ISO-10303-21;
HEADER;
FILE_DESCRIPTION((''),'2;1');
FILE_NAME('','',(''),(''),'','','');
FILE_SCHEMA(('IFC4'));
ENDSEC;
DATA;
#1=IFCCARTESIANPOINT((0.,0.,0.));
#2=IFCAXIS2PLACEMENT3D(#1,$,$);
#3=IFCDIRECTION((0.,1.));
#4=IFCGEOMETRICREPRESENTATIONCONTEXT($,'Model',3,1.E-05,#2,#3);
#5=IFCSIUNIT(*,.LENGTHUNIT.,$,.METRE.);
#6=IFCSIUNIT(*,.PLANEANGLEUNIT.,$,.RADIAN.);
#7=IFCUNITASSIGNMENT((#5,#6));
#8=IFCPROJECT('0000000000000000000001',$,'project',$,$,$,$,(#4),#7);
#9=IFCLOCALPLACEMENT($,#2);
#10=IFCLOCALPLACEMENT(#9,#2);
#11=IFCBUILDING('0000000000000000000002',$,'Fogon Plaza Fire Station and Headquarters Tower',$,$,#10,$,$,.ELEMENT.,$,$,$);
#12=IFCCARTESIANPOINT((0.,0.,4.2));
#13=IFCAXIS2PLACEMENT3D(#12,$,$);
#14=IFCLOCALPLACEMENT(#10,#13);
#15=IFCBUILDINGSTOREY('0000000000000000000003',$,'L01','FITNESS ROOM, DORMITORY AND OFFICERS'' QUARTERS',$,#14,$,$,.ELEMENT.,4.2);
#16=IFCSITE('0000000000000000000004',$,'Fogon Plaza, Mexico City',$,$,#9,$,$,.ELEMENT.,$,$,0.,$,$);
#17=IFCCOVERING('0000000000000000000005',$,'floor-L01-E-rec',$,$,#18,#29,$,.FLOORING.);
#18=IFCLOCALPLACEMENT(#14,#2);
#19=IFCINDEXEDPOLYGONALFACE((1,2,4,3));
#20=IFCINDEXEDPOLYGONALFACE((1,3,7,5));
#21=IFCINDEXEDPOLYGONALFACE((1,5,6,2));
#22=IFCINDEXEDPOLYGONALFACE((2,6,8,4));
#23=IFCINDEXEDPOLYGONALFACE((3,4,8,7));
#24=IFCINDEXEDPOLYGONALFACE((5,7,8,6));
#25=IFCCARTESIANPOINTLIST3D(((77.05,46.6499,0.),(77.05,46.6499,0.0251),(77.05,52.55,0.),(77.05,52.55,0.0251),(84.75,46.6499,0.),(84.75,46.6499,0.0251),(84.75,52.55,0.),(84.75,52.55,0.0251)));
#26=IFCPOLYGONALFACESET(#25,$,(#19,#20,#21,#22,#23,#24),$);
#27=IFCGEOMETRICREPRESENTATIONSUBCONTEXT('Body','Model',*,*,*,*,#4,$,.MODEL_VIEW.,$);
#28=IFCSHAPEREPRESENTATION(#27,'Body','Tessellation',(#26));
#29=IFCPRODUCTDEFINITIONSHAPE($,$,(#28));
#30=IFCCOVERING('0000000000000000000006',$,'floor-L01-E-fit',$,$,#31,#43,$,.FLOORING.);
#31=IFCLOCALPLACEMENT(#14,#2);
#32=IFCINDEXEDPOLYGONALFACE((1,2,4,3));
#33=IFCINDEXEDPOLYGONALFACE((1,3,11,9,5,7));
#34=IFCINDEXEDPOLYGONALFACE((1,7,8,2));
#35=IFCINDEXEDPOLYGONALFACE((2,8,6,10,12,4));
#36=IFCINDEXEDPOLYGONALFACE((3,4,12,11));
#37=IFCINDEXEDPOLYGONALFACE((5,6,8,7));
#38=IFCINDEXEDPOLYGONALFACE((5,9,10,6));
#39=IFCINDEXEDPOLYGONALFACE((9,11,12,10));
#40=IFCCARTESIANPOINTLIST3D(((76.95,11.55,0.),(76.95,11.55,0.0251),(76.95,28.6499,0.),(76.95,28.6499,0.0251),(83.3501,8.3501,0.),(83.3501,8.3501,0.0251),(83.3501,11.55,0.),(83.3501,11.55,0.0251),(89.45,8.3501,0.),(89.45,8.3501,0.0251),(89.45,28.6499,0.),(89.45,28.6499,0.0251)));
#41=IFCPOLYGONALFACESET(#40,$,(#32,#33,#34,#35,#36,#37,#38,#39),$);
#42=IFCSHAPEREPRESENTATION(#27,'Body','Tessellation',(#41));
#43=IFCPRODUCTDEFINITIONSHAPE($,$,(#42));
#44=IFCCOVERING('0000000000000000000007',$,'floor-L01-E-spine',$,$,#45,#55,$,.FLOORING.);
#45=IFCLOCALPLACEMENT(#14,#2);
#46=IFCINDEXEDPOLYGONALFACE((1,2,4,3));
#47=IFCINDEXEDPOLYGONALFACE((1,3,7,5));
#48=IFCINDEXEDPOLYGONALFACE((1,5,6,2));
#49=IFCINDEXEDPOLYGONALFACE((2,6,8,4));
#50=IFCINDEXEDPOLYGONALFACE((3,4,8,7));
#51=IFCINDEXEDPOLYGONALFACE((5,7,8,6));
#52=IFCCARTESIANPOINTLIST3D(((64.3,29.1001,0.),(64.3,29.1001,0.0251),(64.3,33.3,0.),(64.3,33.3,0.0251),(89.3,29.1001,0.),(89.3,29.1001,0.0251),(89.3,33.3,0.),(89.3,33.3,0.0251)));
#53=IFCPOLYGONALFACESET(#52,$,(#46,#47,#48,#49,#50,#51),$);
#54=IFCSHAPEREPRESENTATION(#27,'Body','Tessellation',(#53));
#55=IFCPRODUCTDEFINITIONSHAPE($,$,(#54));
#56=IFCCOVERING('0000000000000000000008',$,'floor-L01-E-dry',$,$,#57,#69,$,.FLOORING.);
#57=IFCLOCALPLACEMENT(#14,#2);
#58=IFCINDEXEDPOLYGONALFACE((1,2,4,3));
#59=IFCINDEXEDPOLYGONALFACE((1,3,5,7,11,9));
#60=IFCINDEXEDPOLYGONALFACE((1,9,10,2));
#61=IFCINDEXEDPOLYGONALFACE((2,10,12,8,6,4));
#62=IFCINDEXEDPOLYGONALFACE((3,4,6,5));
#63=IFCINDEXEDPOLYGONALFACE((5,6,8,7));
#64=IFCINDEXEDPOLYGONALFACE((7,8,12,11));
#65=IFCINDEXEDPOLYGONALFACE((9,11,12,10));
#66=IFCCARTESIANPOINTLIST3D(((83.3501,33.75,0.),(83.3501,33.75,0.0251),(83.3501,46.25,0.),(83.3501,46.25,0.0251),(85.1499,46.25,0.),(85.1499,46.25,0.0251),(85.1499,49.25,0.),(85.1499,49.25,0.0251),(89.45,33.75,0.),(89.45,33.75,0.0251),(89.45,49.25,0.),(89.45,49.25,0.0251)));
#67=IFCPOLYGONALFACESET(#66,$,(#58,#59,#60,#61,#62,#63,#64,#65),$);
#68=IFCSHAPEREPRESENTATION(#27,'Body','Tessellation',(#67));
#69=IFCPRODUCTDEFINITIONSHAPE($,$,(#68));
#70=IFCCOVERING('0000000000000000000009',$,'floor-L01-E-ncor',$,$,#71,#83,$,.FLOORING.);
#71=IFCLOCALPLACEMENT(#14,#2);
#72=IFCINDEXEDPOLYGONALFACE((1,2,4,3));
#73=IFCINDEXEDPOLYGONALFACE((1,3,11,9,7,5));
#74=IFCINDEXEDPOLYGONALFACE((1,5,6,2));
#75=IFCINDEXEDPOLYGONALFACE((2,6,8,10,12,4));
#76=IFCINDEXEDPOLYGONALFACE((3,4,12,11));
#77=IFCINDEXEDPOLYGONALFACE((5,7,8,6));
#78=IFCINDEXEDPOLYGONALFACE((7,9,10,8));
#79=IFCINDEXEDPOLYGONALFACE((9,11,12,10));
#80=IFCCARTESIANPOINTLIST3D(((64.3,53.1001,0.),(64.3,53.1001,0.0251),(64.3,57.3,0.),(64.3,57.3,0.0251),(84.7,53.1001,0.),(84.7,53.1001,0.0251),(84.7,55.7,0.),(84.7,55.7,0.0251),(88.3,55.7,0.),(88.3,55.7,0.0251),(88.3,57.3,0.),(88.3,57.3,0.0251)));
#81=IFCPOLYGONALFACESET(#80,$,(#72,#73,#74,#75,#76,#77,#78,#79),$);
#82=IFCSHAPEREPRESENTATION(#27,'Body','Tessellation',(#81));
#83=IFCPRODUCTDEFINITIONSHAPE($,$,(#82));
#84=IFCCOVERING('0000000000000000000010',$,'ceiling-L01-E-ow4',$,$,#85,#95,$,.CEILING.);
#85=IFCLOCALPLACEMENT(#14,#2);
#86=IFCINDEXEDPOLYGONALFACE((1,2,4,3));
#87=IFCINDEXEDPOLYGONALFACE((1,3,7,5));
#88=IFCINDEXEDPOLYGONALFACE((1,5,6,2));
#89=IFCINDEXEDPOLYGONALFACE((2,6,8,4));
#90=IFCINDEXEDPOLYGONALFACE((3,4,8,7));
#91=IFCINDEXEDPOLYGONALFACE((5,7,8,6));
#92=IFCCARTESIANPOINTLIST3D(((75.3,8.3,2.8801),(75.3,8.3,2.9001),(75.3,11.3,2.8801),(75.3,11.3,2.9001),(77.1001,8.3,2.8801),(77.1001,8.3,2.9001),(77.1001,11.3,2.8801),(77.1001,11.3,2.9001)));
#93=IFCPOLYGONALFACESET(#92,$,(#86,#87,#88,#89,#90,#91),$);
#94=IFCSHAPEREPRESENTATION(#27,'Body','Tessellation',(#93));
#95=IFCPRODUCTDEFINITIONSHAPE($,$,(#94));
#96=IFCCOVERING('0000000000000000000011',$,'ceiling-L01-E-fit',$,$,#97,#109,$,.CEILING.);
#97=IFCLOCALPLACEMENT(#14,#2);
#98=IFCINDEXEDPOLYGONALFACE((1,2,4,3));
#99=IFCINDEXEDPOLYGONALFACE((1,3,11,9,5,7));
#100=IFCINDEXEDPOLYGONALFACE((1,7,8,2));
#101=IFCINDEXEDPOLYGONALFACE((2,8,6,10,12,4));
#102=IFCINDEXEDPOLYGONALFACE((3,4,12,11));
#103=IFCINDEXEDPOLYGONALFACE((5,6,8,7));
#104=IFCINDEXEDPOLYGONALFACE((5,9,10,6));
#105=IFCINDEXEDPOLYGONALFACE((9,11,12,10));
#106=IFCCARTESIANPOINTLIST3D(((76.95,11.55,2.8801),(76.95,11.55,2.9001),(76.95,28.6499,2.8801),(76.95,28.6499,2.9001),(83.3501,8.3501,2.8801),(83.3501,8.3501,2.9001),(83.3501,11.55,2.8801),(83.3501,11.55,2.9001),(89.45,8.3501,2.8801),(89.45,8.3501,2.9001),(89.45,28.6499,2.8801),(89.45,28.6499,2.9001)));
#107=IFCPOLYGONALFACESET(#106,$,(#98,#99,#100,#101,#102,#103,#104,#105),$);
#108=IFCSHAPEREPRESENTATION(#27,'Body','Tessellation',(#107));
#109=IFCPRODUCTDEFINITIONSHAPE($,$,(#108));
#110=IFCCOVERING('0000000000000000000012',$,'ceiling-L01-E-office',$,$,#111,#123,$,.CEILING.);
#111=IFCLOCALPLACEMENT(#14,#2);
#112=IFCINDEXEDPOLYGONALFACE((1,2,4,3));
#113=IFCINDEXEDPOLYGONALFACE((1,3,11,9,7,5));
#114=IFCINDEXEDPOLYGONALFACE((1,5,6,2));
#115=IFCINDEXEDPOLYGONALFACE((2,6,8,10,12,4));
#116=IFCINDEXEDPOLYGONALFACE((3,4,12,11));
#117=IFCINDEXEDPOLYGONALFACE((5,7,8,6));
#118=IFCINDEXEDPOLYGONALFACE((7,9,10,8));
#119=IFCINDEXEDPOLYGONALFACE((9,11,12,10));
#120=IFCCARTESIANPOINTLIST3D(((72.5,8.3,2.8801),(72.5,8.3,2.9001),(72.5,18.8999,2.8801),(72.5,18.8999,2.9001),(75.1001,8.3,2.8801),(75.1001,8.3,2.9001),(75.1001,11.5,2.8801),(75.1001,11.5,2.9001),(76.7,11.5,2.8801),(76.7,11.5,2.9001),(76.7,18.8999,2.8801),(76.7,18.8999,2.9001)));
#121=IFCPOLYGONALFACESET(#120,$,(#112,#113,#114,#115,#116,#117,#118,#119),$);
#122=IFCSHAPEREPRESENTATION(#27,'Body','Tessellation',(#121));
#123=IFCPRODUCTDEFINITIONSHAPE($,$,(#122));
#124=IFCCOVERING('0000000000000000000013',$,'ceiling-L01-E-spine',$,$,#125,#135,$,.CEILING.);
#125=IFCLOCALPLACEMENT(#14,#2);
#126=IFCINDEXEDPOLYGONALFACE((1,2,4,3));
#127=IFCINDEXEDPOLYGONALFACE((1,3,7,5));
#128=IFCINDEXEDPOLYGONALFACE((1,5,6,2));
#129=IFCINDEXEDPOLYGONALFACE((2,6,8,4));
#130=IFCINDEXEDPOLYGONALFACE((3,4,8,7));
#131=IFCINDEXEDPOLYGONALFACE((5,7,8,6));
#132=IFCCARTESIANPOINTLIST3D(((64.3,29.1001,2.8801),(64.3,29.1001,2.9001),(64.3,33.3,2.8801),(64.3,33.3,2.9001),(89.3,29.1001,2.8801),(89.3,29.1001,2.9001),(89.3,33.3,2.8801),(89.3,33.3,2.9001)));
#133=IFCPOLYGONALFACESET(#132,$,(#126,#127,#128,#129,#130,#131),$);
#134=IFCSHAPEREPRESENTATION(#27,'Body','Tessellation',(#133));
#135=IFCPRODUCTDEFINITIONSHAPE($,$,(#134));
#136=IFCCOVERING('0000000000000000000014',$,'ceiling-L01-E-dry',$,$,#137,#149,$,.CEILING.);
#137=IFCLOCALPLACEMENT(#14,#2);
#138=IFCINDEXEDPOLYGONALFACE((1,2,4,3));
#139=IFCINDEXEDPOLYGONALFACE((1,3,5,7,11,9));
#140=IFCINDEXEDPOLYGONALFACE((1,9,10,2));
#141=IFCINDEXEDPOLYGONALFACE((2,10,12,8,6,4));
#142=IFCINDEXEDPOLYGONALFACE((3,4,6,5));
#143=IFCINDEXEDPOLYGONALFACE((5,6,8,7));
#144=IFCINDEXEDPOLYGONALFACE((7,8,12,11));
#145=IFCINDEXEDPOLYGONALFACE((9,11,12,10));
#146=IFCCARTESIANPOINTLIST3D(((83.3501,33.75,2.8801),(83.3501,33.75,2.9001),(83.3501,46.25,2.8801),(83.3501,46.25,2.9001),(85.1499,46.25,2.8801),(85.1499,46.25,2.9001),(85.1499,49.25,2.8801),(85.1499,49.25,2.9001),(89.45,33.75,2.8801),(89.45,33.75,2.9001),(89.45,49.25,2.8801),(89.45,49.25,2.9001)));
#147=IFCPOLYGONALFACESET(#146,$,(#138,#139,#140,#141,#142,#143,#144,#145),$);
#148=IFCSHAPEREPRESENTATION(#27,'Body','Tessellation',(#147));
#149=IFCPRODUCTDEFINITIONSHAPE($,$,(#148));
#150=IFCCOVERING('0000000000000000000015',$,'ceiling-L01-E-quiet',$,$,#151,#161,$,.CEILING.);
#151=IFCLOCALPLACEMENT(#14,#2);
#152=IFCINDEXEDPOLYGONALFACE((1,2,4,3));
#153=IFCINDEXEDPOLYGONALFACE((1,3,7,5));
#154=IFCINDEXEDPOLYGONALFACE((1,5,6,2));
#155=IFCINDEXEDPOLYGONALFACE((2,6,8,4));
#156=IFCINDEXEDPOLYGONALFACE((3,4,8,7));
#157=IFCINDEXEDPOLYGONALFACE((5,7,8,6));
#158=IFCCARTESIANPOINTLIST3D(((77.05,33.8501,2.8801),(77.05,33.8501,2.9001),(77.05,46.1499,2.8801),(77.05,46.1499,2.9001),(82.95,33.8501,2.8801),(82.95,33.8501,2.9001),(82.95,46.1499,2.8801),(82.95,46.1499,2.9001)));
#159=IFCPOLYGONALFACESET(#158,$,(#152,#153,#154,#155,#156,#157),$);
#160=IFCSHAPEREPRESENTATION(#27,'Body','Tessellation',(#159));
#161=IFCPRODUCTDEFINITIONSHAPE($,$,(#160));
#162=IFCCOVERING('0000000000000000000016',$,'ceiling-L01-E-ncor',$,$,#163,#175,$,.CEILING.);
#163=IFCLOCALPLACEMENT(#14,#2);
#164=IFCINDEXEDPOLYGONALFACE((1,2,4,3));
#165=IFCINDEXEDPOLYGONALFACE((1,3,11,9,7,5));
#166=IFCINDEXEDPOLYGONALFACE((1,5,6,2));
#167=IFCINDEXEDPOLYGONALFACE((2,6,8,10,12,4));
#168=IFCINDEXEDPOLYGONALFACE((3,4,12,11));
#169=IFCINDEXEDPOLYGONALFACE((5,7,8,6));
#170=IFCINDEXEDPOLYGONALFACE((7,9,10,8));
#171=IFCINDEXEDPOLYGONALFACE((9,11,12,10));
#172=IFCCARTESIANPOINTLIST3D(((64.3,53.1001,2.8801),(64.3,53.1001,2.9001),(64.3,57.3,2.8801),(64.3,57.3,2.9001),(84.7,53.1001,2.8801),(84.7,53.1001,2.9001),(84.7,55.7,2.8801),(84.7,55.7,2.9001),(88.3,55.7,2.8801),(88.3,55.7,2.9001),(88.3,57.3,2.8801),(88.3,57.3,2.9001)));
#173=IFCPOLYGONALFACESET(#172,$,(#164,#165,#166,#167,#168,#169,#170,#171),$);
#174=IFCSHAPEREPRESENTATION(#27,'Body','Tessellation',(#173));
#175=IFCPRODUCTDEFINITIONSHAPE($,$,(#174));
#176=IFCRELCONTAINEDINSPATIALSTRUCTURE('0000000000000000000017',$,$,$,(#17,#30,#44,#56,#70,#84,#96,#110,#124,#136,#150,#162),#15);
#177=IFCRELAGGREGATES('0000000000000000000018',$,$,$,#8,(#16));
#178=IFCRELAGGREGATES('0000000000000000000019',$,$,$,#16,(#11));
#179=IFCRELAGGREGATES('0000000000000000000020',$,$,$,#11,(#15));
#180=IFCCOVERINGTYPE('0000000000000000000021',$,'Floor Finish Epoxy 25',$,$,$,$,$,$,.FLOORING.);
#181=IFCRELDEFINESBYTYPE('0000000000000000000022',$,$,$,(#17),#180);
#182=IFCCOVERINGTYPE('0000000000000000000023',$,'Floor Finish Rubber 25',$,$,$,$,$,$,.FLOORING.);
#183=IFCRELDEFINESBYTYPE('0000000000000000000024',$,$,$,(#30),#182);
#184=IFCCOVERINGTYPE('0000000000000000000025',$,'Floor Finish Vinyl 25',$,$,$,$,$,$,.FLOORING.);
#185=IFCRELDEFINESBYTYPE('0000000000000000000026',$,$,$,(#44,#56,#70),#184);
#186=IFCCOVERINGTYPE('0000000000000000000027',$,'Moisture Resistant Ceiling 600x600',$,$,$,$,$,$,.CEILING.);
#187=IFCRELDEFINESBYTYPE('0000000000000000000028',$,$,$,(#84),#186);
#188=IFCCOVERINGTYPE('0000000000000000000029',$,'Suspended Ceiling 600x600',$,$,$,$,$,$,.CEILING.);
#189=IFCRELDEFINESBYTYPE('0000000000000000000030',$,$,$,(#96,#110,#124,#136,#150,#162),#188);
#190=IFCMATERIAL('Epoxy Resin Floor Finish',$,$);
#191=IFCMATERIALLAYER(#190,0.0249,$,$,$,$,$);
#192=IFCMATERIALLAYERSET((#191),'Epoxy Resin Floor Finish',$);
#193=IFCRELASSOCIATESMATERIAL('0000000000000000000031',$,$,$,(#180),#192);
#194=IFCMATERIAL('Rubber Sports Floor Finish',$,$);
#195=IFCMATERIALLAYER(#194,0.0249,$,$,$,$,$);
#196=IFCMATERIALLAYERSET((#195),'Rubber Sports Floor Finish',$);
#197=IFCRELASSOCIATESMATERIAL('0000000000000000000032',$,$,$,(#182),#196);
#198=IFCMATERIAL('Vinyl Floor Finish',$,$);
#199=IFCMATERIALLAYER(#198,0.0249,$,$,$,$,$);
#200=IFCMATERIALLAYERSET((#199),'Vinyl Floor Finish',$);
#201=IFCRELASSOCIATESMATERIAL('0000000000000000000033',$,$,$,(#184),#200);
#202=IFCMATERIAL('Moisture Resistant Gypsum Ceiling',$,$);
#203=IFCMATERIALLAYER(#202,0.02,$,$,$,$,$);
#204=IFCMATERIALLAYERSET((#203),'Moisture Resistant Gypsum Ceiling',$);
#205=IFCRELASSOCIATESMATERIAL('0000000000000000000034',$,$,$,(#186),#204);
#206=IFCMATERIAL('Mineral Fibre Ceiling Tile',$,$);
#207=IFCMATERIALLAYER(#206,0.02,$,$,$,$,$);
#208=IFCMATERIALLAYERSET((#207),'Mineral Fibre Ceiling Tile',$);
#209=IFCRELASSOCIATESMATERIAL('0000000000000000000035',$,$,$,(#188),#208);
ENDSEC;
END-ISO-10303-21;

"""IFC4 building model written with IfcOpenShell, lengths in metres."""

from ifc_helpers import new_model, si_unit, direction, frame, origin, place, context, subcontext, project, spatial, polyline, outline, extrude, material, layer, layer_set, type_object, element, save


model = new_model("IFC4")

# Units and contexts
model_context = context("Model", 3, precision=1e-05, world=origin(), true_north=direction((0.0, 1.0)))
body_context = subcontext(model_context, "Body", "Model", "MODEL_VIEW")
ifc_project = project(units=[si_unit("LENGTHUNIT", "METRE"), si_unit("PLANEANGLEUNIT", "RADIAN")], contexts=[model_context])

# Site, building, storey
site_placement = place(None, origin())
site = spatial("IfcSite", under=ifc_project, at=site_placement, Name="Fogon Plaza, Mexico City", CompositionType="ELEMENT", RefElevation=0.0)
building_placement = place(site_placement, origin())
building = spatial("IfcBuilding", under=site, at=building_placement, Name="Fogon Plaza Fire Station and Headquarters Tower", CompositionType="ELEMENT")
storey_placement = place(building_placement, frame((0.0, 0.0, 4.2)))
storey = spatial("IfcBuildingStorey", under=building, at=storey_placement, Name="L01", Description="FITNESS ROOM, DORMITORY AND OFFICERS' QUARTERS", CompositionType="ELEMENT", Elevation=4.2)

# Coverings
ifc_material_1 = material(Name="Epoxy Resin Floor Finish")
ifc_layer_1 = layer(ifc_material_1, 0.0249)
ifc_layer_set_1 = layer_set([ifc_layer_1], Name="Epoxy Resin Floor Finish")
covering_type_1 = type_object("IfcCoveringType", Name="Floor Finish Epoxy 25", PredefinedType="FLOORING", material=ifc_layer_set_1)
covering_1_placement = place(storey_placement, origin())
element("IfcCovering", 1, at=covering_1_placement, inside=storey, type_object=covering_type_1, Name="floor-L01-E-rec", PredefinedType="FLOORING", context=body_context, shape_type="SweptSolid", body=[
    extrude(outline(polyline([(77.05, 46.6499), (77.05, 52.55), (84.75, 52.55), (84.75, 46.6499), (77.05, 46.6499)])), origin(), (0.0, 0.0, 1.0), 0.0251),
])
ifc_material_2 = material(Name="Rubber Sports Floor Finish")
ifc_layer_2 = layer(ifc_material_2, 0.0249)
ifc_layer_set_2 = layer_set([ifc_layer_2], Name="Rubber Sports Floor Finish")
covering_type_2 = type_object("IfcCoveringType", Name="Floor Finish Rubber 25", PredefinedType="FLOORING", material=ifc_layer_set_2)
covering_2_placement = place(storey_placement, origin())
element("IfcCovering", 2, at=covering_2_placement, inside=storey, type_object=covering_type_2, Name="floor-L01-E-fit", PredefinedType="FLOORING", context=body_context, shape_type="SweptSolid", body=[
    extrude(outline(polyline([(83.3501, 8.3501), (83.3501, 11.55), (76.95, 11.55), (76.95, 28.6499), (89.45, 28.6499), (89.45, 8.3501), (83.3501, 8.3501)])), origin(), (0.0, 0.0, 1.0), 0.0251),
])
ifc_material_3 = material(Name="Vinyl Floor Finish")
ifc_layer_3 = layer(ifc_material_3, 0.0249)
ifc_layer_set_3 = layer_set([ifc_layer_3], Name="Vinyl Floor Finish")
covering_type_3 = type_object("IfcCoveringType", Name="Floor Finish Vinyl 25", PredefinedType="FLOORING", material=ifc_layer_set_3)
covering_3_placement = place(storey_placement, origin())
element("IfcCovering", 3, at=covering_3_placement, inside=storey, type_object=covering_type_3, Name="floor-L01-E-spine", PredefinedType="FLOORING", context=body_context, shape_type="SweptSolid", body=[
    extrude(outline(polyline([(64.3, 29.1001), (64.3, 33.3), (89.3, 33.3), (89.3, 29.1001), (64.3, 29.1001)])), origin(), (0.0, 0.0, 1.0), 0.0251),
])
covering_4_placement = place(storey_placement, origin())
element("IfcCovering", 4, at=covering_4_placement, inside=storey, type_object=covering_type_3, Name="floor-L01-E-dry", PredefinedType="FLOORING", context=body_context, shape_type="SweptSolid", body=[
    extrude(outline(polyline([(83.3501, 33.75), (83.3501, 46.25), (85.1499, 46.25), (85.1499, 49.25), (89.45, 49.25), (89.45, 33.75), (83.3501, 33.75)])), origin(), (0.0, 0.0, 1.0), 0.0251),
])
covering_5_placement = place(storey_placement, origin())
element("IfcCovering", 5, at=covering_5_placement, inside=storey, type_object=covering_type_3, Name="floor-L01-E-ncor", PredefinedType="FLOORING", context=body_context, shape_type="SweptSolid", body=[
    extrude(outline(polyline([(64.3, 53.1001), (64.3, 57.3), (88.3, 57.3), (88.3, 55.7), (84.7, 55.7), (84.7, 53.1001), (64.3, 53.1001)])), origin(), (0.0, 0.0, 1.0), 0.0251),
])
ifc_material_4 = material(Name="Moisture Resistant Gypsum Ceiling")
ifc_layer_4 = layer(ifc_material_4, 0.02)
ifc_layer_set_4 = layer_set([ifc_layer_4], Name="Moisture Resistant Gypsum Ceiling")
covering_type_4 = type_object("IfcCoveringType", Name="Moisture Resistant Ceiling 600x600", PredefinedType="CEILING", material=ifc_layer_set_4)
covering_6_placement = place(storey_placement, frame((0.0, 0.0, 2.8801)))
element("IfcCovering", 6, at=covering_6_placement, inside=storey, type_object=covering_type_4, Name="ceiling-L01-E-ow4", PredefinedType="CEILING", context=body_context, shape_type="SweptSolid", body=[
    extrude(outline(polyline([(75.3, 8.3), (75.3, 11.3), (77.1001, 11.3), (77.1001, 8.3), (75.3, 8.3)])), origin(), (0.0, 0.0, 1.0), 0.02),
])
ifc_material_5 = material(Name="Mineral Fibre Ceiling Tile")
ifc_layer_5 = layer(ifc_material_5, 0.02)
ifc_layer_set_5 = layer_set([ifc_layer_5], Name="Mineral Fibre Ceiling Tile")
covering_type_5 = type_object("IfcCoveringType", Name="Suspended Ceiling 600x600", PredefinedType="CEILING", material=ifc_layer_set_5)
covering_7_placement = place(storey_placement, frame((0.0, 0.0, 2.8801)))
element("IfcCovering", 7, at=covering_7_placement, inside=storey, type_object=covering_type_5, Name="ceiling-L01-E-fit", PredefinedType="CEILING", context=body_context, shape_type="SweptSolid", body=[
    extrude(outline(polyline([(83.3501, 8.3501), (83.3501, 11.55), (76.95, 11.55), (76.95, 28.6499), (89.45, 28.6499), (89.45, 8.3501), (83.3501, 8.3501)])), origin(), (0.0, 0.0, 1.0), 0.02),
])
covering_8_placement = place(storey_placement, frame((0.0, 0.0, 2.8801)))
element("IfcCovering", 8, at=covering_8_placement, inside=storey, type_object=covering_type_5, Name="ceiling-L01-E-office", PredefinedType="CEILING", context=body_context, shape_type="SweptSolid", body=[
    extrude(outline(polyline([(72.5, 8.3), (72.5, 18.8999), (76.7, 18.8999), (76.7, 11.5), (75.1001, 11.5), (75.1001, 8.3), (72.5, 8.3)])), origin(), (0.0, 0.0, 1.0), 0.02),
])
covering_9_placement = place(storey_placement, frame((0.0, 0.0, 2.8801)))
element("IfcCovering", 9, at=covering_9_placement, inside=storey, type_object=covering_type_5, Name="ceiling-L01-E-spine", PredefinedType="CEILING", context=body_context, shape_type="SweptSolid", body=[
    extrude(outline(polyline([(64.3, 29.1001), (64.3, 33.3), (89.3, 33.3), (89.3, 29.1001), (64.3, 29.1001)])), origin(), (0.0, 0.0, 1.0), 0.02),
])
covering_10_placement = place(storey_placement, frame((0.0, 0.0, 2.8801)))
element("IfcCovering", 10, at=covering_10_placement, inside=storey, type_object=covering_type_5, Name="ceiling-L01-E-dry", PredefinedType="CEILING", context=body_context, shape_type="SweptSolid", body=[
    extrude(outline(polyline([(83.3501, 33.75), (83.3501, 46.25), (85.1499, 46.25), (85.1499, 49.25), (89.45, 49.25), (89.45, 33.75), (83.3501, 33.75)])), origin(), (0.0, 0.0, 1.0), 0.02),
])
covering_11_placement = place(storey_placement, frame((0.0, 0.0, 2.8801)))
element("IfcCovering", 11, at=covering_11_placement, inside=storey, type_object=covering_type_5, Name="ceiling-L01-E-quiet", PredefinedType="CEILING", context=body_context, shape_type="SweptSolid", body=[
    extrude(outline(polyline([(77.05, 33.8501), (77.05, 46.1499), (82.95, 46.1499), (82.95, 33.8501), (77.05, 33.8501)])), origin(), (0.0, 0.0, 1.0), 0.02),
])
covering_12_placement = place(storey_placement, frame((0.0, 0.0, 2.8801)))
element("IfcCovering", 12, at=covering_12_placement, inside=storey, type_object=covering_type_5, Name="ceiling-L01-E-ncor", PredefinedType="CEILING", context=body_context, shape_type="SweptSolid", body=[
    extrude(outline(polyline([(64.3, 53.1001), (64.3, 57.3), (88.3, 57.3), (88.3, 55.7), (84.7, 55.7), (84.7, 53.1001), (64.3, 53.1001)])), origin(), (0.0, 0.0, 1.0), 0.02),
])

save(model, "model.ifc")
